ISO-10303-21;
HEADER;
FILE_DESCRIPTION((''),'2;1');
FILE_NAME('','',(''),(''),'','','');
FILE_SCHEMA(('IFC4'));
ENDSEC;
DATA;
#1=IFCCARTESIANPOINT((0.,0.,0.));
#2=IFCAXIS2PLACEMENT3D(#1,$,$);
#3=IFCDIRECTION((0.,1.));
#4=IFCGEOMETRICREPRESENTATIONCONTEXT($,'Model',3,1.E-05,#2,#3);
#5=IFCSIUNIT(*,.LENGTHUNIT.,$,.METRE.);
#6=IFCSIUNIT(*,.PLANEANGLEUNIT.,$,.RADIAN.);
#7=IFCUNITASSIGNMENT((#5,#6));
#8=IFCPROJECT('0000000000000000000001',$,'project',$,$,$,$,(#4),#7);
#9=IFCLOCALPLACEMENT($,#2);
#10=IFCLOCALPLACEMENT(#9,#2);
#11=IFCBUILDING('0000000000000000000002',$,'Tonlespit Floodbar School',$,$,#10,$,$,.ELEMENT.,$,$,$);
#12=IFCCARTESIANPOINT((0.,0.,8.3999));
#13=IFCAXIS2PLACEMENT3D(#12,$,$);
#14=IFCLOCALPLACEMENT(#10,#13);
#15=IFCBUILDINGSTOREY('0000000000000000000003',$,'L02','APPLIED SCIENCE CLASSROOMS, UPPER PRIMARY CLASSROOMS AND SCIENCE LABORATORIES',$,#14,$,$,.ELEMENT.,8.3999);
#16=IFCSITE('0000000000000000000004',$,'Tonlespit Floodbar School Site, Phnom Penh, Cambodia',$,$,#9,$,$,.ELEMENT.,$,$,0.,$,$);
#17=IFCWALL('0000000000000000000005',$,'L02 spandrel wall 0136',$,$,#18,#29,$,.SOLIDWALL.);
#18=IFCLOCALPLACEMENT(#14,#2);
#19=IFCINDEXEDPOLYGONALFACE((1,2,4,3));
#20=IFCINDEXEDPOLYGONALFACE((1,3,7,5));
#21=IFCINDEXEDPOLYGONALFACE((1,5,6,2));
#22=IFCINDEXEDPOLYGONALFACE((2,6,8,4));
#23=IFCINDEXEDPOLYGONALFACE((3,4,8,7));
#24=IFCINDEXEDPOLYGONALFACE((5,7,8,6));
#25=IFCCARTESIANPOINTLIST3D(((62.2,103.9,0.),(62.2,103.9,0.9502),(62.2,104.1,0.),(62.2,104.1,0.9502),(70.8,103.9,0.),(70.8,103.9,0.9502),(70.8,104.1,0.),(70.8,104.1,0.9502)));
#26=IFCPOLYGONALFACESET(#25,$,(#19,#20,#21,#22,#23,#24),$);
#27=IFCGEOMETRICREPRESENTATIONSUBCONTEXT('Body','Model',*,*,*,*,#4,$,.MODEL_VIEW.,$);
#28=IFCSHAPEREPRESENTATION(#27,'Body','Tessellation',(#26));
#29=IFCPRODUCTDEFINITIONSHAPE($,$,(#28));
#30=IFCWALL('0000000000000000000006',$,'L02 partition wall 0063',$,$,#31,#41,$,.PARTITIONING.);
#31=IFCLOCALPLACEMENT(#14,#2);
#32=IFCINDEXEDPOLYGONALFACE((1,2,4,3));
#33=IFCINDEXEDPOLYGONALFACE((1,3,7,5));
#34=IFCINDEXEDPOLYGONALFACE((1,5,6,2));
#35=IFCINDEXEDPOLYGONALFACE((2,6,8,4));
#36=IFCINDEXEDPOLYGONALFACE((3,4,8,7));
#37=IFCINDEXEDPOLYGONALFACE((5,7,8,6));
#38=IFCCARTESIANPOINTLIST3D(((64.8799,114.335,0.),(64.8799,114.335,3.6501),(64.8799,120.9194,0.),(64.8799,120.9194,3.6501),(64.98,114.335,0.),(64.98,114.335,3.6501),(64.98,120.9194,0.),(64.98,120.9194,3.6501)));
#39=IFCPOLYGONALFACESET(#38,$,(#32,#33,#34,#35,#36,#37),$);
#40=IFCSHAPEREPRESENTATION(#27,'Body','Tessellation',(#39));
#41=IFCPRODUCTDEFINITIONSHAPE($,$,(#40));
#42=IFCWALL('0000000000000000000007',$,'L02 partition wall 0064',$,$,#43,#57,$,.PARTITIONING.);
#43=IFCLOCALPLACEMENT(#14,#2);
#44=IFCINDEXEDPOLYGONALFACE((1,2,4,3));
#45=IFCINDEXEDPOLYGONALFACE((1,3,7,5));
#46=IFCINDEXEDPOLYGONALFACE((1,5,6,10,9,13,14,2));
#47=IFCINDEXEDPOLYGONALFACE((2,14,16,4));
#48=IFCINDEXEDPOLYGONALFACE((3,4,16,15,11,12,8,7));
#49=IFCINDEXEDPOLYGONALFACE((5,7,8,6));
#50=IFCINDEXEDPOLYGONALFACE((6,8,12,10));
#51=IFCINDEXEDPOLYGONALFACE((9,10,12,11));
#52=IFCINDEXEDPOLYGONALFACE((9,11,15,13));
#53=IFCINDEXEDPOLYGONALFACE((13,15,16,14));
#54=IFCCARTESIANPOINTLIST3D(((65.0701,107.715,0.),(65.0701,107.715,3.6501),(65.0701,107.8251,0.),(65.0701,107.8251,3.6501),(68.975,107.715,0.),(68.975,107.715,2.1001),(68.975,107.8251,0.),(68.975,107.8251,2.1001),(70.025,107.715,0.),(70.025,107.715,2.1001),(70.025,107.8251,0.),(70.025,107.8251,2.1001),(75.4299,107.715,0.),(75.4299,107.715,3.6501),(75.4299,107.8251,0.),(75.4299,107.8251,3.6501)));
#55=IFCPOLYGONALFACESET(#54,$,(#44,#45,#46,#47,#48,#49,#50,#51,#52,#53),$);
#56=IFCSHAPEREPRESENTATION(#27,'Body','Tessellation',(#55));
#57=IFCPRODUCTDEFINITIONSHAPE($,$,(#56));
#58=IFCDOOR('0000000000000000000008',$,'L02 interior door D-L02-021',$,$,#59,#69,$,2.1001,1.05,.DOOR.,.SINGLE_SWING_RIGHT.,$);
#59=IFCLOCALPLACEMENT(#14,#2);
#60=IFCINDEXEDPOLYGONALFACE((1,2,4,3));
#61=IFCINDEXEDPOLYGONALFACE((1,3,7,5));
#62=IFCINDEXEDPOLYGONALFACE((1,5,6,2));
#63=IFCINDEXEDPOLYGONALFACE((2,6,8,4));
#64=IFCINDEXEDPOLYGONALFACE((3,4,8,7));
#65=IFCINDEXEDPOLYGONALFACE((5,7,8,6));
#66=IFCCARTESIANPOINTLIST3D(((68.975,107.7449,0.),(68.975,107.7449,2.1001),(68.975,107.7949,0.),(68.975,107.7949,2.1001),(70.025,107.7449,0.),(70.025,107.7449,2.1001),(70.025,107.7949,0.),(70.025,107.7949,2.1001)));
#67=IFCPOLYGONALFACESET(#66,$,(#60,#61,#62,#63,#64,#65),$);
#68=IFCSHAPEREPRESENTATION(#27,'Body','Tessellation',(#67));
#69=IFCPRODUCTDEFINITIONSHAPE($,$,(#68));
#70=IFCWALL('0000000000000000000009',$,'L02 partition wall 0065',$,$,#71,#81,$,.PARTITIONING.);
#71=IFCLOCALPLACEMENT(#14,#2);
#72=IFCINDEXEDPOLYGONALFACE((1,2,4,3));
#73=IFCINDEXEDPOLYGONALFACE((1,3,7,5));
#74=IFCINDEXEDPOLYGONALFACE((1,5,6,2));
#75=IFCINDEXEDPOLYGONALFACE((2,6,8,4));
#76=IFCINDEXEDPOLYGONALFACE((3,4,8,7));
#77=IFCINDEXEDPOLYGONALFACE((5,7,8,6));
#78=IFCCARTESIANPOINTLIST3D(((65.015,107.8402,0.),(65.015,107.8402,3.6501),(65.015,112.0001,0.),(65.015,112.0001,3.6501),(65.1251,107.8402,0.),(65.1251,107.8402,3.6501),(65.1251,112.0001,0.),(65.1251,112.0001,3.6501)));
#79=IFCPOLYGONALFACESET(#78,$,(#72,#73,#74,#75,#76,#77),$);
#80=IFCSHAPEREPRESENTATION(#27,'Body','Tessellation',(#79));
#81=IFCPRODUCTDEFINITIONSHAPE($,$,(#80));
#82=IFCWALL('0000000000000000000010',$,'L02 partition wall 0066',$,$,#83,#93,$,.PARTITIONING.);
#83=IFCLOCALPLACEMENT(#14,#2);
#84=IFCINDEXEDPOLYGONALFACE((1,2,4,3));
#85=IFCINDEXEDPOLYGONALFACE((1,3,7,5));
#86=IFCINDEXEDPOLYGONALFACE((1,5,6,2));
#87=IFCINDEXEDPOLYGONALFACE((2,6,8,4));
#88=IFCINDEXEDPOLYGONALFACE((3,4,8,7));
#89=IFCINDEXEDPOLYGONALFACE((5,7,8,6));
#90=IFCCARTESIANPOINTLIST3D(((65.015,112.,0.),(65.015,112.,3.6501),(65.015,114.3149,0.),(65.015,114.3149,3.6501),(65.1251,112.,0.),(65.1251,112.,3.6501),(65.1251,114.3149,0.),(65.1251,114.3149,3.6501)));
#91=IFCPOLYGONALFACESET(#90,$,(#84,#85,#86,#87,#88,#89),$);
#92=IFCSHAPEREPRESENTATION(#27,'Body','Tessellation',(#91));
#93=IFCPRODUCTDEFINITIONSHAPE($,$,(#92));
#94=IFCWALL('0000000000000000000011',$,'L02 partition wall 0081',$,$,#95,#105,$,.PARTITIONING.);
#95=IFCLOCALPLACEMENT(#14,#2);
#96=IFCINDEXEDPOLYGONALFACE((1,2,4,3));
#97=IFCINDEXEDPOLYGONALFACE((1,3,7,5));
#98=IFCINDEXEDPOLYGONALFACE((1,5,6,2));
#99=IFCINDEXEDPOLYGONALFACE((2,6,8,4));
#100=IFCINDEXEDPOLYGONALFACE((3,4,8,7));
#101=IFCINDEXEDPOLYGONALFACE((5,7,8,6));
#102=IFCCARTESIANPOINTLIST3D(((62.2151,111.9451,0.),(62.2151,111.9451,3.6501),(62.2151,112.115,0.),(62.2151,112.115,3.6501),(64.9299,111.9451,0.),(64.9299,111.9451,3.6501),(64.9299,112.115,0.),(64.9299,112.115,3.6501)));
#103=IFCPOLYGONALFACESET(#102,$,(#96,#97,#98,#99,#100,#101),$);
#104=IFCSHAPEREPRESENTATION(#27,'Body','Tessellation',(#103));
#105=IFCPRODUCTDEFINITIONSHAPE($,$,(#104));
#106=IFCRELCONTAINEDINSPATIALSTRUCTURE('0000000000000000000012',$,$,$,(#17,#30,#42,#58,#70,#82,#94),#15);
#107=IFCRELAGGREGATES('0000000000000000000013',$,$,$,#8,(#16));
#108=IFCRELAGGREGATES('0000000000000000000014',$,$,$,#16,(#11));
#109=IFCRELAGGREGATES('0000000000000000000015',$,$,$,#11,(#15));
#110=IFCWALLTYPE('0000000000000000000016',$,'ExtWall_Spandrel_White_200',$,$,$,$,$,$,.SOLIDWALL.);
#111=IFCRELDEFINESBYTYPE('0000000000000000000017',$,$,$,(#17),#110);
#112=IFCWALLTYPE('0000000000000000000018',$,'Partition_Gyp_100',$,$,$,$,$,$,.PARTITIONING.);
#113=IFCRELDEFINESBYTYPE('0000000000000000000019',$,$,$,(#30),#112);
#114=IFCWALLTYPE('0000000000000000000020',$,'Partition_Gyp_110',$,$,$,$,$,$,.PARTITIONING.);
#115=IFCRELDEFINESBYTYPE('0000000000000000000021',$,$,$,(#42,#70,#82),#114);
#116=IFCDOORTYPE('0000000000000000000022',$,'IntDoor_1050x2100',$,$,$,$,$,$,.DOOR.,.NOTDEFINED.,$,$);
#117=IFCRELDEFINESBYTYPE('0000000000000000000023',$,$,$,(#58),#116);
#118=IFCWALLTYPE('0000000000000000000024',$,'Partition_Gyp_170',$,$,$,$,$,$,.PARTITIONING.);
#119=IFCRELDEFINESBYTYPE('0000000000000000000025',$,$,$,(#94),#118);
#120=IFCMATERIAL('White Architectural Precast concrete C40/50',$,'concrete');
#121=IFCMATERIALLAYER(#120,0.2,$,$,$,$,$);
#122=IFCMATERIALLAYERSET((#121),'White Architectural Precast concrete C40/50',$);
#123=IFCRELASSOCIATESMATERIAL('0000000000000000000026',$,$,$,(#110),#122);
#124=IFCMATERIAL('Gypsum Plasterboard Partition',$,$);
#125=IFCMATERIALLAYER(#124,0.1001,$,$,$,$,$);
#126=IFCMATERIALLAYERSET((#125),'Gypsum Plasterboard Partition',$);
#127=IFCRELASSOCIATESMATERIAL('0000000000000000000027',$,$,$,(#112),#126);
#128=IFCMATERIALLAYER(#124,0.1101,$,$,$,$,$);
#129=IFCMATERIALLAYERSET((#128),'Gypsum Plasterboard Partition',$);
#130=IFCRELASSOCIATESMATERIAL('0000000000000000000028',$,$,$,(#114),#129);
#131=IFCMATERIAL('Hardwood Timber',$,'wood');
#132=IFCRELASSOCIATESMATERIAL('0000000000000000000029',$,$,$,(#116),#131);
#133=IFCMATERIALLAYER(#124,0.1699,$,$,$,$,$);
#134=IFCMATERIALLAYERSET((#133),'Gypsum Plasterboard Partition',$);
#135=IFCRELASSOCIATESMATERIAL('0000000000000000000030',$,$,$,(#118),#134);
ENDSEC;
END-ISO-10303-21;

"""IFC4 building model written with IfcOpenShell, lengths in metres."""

from ifc_helpers import new_model, si_unit, direction, frame, frame_2d, origin, place, context, subcontext, project, spatial, rectangle, extrude, material, layer, layer_set, type_object, element, fill, save


model = new_model("IFC4")

# Units and contexts
model_context = context("Model", 3, precision=1e-05, world=origin(), true_north=direction((0.0, 1.0)))
body_context = subcontext(model_context, "Body", "Model", "MODEL_VIEW")
ifc_project = project(units=[si_unit("LENGTHUNIT", "METRE"), si_unit("PLANEANGLEUNIT", "RADIAN")], contexts=[model_context])

# Site, building, storey
site_placement = place(None, origin())
site = spatial("IfcSite", under=ifc_project, at=site_placement, Name="Tonlespit Floodbar School Site, Phnom Penh, Cambodia", CompositionType="ELEMENT", RefElevation=0.0)
building_placement = place(site_placement, origin())
building = spatial("IfcBuilding", under=site, at=building_placement, Name="Tonlespit Floodbar School", CompositionType="ELEMENT")
storey_placement = place(building_placement, frame((0.0, 0.0, 8.3999)))
storey = spatial("IfcBuildingStorey", under=building, at=storey_placement, Name="L02", Description="APPLIED SCIENCE CLASSROOMS, UPPER PRIMARY CLASSROOMS AND SCIENCE LABORATORIES", CompositionType="ELEMENT", Elevation=8.3999)

# Walls
ifc_material_1 = material(Name="White Architectural Precast concrete C40/50", Category="concrete")
ifc_layer_1 = layer(ifc_material_1, 0.2)
ifc_layer_set_1 = layer_set([ifc_layer_1], Name="White Architectural Precast concrete C40/50")
wall_type_1 = type_object("IfcWallType", Name="ExtWall_Spandrel_White_200", PredefinedType="SOLIDWALL", material=ifc_layer_set_1)
wall_1_placement = place(storey_placement, frame((70.8, 104.0, 0.0), z_axis=(0.0, 0.0, 1.0), x_axis=(-1.0, 0.0, 0.0)))
element("IfcWall", 1, at=wall_1_placement, inside=storey, type_object=wall_type_1, Name="L02 spandrel wall 0136", PredefinedType="SOLIDWALL", context=body_context, shape_type="SweptSolid", body=[
    extrude(rectangle(XDim=8.6001, YDim=0.2, at=frame_2d((4.3, 0.0))), origin(), (0.0, 0.0, 1.0), 0.9502),
])
ifc_material_2 = material(Name="Gypsum Plasterboard Partition")
ifc_layer_2 = layer(ifc_material_2, 0.1001)
ifc_layer_set_2 = layer_set([ifc_layer_2], Name="Gypsum Plasterboard Partition")
wall_type_2 = type_object("IfcWallType", Name="Partition_Gyp_100", PredefinedType="PARTITIONING", material=ifc_layer_set_2)
wall_2_placement = place(storey_placement, frame((64.9299, 114.335, 0.0), z_axis=(0.0, 0.0, 1.0), x_axis=(0.0, 1.0, 0.0)))
element("IfcWall", 2, at=wall_2_placement, inside=storey, type_object=wall_type_2, Name="L02 partition wall 0063", PredefinedType="PARTITIONING", context=body_context, shape_type="SweptSolid", body=[
    extrude(rectangle(XDim=6.5845, YDim=0.1001, at=frame_2d((3.2922, 0.0))), origin(), (0.0, 0.0, 1.0), 3.6501),
])

# Wall, opening, door
ifc_layer_3 = layer(ifc_material_2, 0.1101)
ifc_layer_set_3 = layer_set([ifc_layer_3], Name="Gypsum Plasterboard Partition")
wall_type_3 = type_object("IfcWallType", Name="Partition_Gyp_110", PredefinedType="PARTITIONING", material=ifc_layer_set_3)
wall_3_placement = place(storey_placement, frame((65.0701, 107.77, 0.0), z_axis=(0.0, 0.0, 1.0), x_axis=(1.0, 0.0, 0.0)))
wall_3 = element("IfcWall", 3, at=wall_3_placement, inside=storey, type_object=wall_type_3, Name="L02 partition wall 0064", PredefinedType="PARTITIONING", context=body_context, shape_type="SweptSolid", body=[
    extrude(rectangle(XDim=10.3599, YDim=0.1101, at=frame_2d((5.1799, 0.0))), origin(), (0.0, 0.0, 1.0), 3.6501),
])
opening_placement = place(wall_3_placement, frame((3.905, 0.0, 0.0)))
opening = element("IfcOpeningElement", 4, at=opening_placement, cuts=wall_3, PredefinedType="OPENING", context=body_context, shape_type="SweptSolid", body=[
    extrude(rectangle(XDim=1.05, YDim=2.1001, at=frame_2d((0.5249, 1.05))), frame((0.0, 0.0649, 0.0), z_axis=(0.0, -1.0, 0.0), x_axis=(1.0, 0.0, 0.0)), (0.0, 0.0, 1.0), 0.1301),
])
ifc_material_3 = material(Name="Hardwood Timber", Category="wood")
door_type = type_object("IfcDoorType", Name="IntDoor_1050x2100", OperationType="NOTDEFINED", PredefinedType="DOOR", material=ifc_material_3)
door_placement = place(opening_placement, origin())
door = element("IfcDoor", 5, at=door_placement, inside=storey, type_object=door_type, Name="L02 interior door D-L02-021", OperationType="SINGLE_SWING_RIGHT", OverallHeight=2.1001, OverallWidth=1.05, PredefinedType="DOOR", context=body_context, shape_type="SweptSolid", body=[
    extrude(rectangle(XDim=1.05, YDim=2.1001, at=frame_2d((0.5249, 1.05))), frame((0.0, 0.0249, 0.0), z_axis=(0.0, -1.0, 0.0), x_axis=(1.0, 0.0, 0.0)), (0.0, 0.0, 1.0), 0.05),
])
fill(opening, door)

# Walls
wall_4_placement = place(storey_placement, frame((65.0701, 107.8401, 0.0), z_axis=(0.0, 0.0, 1.0), x_axis=(0.0, 1.0, 0.0)))
element("IfcWall", 6, at=wall_4_placement, inside=storey, type_object=wall_type_3, Name="L02 partition wall 0065", PredefinedType="PARTITIONING", context=body_context, shape_type="SweptSolid", body=[
    extrude(rectangle(XDim=4.1599, YDim=0.1101, at=frame_2d((2.0801, 0.0))), origin(), (0.0, 0.0, 1.0), 3.6501),
])
wall_5_placement = place(storey_placement, frame((65.0701, 112.0, 0.0), z_axis=(0.0, 0.0, 1.0), x_axis=(0.0, 1.0, 0.0)))
element("IfcWall", 7, at=wall_5_placement, inside=storey, type_object=wall_type_3, Name="L02 partition wall 0066", PredefinedType="PARTITIONING", context=body_context, shape_type="SweptSolid", body=[
    extrude(rectangle(XDim=2.3149, YDim=0.1101, at=frame_2d((1.1575, 0.0))), origin(), (0.0, 0.0, 1.0), 3.6501),
])
ifc_layer_4 = layer(ifc_material_2, 0.1699)
ifc_layer_set_4 = layer_set([ifc_layer_4], Name="Gypsum Plasterboard Partition")
wall_type_4 = type_object("IfcWallType", Name="Partition_Gyp_170", PredefinedType="PARTITIONING", material=ifc_layer_set_4)
wall_6_placement = place(storey_placement, frame((62.2151, 112.03, 0.0), z_axis=(0.0, 0.0, 1.0), x_axis=(1.0, 0.0, 0.0)))
element("IfcWall", 8, at=wall_6_placement, inside=storey, type_object=wall_type_4, Name="L02 partition wall 0081", PredefinedType="PARTITIONING", context=body_context, shape_type="SweptSolid", body=[
    extrude(rectangle(XDim=2.7148, YDim=0.1699, at=frame_2d((1.3574, 0.0))), origin(), (0.0, 0.0, 1.0), 3.6501),
])

save(model, "model.ifc")
